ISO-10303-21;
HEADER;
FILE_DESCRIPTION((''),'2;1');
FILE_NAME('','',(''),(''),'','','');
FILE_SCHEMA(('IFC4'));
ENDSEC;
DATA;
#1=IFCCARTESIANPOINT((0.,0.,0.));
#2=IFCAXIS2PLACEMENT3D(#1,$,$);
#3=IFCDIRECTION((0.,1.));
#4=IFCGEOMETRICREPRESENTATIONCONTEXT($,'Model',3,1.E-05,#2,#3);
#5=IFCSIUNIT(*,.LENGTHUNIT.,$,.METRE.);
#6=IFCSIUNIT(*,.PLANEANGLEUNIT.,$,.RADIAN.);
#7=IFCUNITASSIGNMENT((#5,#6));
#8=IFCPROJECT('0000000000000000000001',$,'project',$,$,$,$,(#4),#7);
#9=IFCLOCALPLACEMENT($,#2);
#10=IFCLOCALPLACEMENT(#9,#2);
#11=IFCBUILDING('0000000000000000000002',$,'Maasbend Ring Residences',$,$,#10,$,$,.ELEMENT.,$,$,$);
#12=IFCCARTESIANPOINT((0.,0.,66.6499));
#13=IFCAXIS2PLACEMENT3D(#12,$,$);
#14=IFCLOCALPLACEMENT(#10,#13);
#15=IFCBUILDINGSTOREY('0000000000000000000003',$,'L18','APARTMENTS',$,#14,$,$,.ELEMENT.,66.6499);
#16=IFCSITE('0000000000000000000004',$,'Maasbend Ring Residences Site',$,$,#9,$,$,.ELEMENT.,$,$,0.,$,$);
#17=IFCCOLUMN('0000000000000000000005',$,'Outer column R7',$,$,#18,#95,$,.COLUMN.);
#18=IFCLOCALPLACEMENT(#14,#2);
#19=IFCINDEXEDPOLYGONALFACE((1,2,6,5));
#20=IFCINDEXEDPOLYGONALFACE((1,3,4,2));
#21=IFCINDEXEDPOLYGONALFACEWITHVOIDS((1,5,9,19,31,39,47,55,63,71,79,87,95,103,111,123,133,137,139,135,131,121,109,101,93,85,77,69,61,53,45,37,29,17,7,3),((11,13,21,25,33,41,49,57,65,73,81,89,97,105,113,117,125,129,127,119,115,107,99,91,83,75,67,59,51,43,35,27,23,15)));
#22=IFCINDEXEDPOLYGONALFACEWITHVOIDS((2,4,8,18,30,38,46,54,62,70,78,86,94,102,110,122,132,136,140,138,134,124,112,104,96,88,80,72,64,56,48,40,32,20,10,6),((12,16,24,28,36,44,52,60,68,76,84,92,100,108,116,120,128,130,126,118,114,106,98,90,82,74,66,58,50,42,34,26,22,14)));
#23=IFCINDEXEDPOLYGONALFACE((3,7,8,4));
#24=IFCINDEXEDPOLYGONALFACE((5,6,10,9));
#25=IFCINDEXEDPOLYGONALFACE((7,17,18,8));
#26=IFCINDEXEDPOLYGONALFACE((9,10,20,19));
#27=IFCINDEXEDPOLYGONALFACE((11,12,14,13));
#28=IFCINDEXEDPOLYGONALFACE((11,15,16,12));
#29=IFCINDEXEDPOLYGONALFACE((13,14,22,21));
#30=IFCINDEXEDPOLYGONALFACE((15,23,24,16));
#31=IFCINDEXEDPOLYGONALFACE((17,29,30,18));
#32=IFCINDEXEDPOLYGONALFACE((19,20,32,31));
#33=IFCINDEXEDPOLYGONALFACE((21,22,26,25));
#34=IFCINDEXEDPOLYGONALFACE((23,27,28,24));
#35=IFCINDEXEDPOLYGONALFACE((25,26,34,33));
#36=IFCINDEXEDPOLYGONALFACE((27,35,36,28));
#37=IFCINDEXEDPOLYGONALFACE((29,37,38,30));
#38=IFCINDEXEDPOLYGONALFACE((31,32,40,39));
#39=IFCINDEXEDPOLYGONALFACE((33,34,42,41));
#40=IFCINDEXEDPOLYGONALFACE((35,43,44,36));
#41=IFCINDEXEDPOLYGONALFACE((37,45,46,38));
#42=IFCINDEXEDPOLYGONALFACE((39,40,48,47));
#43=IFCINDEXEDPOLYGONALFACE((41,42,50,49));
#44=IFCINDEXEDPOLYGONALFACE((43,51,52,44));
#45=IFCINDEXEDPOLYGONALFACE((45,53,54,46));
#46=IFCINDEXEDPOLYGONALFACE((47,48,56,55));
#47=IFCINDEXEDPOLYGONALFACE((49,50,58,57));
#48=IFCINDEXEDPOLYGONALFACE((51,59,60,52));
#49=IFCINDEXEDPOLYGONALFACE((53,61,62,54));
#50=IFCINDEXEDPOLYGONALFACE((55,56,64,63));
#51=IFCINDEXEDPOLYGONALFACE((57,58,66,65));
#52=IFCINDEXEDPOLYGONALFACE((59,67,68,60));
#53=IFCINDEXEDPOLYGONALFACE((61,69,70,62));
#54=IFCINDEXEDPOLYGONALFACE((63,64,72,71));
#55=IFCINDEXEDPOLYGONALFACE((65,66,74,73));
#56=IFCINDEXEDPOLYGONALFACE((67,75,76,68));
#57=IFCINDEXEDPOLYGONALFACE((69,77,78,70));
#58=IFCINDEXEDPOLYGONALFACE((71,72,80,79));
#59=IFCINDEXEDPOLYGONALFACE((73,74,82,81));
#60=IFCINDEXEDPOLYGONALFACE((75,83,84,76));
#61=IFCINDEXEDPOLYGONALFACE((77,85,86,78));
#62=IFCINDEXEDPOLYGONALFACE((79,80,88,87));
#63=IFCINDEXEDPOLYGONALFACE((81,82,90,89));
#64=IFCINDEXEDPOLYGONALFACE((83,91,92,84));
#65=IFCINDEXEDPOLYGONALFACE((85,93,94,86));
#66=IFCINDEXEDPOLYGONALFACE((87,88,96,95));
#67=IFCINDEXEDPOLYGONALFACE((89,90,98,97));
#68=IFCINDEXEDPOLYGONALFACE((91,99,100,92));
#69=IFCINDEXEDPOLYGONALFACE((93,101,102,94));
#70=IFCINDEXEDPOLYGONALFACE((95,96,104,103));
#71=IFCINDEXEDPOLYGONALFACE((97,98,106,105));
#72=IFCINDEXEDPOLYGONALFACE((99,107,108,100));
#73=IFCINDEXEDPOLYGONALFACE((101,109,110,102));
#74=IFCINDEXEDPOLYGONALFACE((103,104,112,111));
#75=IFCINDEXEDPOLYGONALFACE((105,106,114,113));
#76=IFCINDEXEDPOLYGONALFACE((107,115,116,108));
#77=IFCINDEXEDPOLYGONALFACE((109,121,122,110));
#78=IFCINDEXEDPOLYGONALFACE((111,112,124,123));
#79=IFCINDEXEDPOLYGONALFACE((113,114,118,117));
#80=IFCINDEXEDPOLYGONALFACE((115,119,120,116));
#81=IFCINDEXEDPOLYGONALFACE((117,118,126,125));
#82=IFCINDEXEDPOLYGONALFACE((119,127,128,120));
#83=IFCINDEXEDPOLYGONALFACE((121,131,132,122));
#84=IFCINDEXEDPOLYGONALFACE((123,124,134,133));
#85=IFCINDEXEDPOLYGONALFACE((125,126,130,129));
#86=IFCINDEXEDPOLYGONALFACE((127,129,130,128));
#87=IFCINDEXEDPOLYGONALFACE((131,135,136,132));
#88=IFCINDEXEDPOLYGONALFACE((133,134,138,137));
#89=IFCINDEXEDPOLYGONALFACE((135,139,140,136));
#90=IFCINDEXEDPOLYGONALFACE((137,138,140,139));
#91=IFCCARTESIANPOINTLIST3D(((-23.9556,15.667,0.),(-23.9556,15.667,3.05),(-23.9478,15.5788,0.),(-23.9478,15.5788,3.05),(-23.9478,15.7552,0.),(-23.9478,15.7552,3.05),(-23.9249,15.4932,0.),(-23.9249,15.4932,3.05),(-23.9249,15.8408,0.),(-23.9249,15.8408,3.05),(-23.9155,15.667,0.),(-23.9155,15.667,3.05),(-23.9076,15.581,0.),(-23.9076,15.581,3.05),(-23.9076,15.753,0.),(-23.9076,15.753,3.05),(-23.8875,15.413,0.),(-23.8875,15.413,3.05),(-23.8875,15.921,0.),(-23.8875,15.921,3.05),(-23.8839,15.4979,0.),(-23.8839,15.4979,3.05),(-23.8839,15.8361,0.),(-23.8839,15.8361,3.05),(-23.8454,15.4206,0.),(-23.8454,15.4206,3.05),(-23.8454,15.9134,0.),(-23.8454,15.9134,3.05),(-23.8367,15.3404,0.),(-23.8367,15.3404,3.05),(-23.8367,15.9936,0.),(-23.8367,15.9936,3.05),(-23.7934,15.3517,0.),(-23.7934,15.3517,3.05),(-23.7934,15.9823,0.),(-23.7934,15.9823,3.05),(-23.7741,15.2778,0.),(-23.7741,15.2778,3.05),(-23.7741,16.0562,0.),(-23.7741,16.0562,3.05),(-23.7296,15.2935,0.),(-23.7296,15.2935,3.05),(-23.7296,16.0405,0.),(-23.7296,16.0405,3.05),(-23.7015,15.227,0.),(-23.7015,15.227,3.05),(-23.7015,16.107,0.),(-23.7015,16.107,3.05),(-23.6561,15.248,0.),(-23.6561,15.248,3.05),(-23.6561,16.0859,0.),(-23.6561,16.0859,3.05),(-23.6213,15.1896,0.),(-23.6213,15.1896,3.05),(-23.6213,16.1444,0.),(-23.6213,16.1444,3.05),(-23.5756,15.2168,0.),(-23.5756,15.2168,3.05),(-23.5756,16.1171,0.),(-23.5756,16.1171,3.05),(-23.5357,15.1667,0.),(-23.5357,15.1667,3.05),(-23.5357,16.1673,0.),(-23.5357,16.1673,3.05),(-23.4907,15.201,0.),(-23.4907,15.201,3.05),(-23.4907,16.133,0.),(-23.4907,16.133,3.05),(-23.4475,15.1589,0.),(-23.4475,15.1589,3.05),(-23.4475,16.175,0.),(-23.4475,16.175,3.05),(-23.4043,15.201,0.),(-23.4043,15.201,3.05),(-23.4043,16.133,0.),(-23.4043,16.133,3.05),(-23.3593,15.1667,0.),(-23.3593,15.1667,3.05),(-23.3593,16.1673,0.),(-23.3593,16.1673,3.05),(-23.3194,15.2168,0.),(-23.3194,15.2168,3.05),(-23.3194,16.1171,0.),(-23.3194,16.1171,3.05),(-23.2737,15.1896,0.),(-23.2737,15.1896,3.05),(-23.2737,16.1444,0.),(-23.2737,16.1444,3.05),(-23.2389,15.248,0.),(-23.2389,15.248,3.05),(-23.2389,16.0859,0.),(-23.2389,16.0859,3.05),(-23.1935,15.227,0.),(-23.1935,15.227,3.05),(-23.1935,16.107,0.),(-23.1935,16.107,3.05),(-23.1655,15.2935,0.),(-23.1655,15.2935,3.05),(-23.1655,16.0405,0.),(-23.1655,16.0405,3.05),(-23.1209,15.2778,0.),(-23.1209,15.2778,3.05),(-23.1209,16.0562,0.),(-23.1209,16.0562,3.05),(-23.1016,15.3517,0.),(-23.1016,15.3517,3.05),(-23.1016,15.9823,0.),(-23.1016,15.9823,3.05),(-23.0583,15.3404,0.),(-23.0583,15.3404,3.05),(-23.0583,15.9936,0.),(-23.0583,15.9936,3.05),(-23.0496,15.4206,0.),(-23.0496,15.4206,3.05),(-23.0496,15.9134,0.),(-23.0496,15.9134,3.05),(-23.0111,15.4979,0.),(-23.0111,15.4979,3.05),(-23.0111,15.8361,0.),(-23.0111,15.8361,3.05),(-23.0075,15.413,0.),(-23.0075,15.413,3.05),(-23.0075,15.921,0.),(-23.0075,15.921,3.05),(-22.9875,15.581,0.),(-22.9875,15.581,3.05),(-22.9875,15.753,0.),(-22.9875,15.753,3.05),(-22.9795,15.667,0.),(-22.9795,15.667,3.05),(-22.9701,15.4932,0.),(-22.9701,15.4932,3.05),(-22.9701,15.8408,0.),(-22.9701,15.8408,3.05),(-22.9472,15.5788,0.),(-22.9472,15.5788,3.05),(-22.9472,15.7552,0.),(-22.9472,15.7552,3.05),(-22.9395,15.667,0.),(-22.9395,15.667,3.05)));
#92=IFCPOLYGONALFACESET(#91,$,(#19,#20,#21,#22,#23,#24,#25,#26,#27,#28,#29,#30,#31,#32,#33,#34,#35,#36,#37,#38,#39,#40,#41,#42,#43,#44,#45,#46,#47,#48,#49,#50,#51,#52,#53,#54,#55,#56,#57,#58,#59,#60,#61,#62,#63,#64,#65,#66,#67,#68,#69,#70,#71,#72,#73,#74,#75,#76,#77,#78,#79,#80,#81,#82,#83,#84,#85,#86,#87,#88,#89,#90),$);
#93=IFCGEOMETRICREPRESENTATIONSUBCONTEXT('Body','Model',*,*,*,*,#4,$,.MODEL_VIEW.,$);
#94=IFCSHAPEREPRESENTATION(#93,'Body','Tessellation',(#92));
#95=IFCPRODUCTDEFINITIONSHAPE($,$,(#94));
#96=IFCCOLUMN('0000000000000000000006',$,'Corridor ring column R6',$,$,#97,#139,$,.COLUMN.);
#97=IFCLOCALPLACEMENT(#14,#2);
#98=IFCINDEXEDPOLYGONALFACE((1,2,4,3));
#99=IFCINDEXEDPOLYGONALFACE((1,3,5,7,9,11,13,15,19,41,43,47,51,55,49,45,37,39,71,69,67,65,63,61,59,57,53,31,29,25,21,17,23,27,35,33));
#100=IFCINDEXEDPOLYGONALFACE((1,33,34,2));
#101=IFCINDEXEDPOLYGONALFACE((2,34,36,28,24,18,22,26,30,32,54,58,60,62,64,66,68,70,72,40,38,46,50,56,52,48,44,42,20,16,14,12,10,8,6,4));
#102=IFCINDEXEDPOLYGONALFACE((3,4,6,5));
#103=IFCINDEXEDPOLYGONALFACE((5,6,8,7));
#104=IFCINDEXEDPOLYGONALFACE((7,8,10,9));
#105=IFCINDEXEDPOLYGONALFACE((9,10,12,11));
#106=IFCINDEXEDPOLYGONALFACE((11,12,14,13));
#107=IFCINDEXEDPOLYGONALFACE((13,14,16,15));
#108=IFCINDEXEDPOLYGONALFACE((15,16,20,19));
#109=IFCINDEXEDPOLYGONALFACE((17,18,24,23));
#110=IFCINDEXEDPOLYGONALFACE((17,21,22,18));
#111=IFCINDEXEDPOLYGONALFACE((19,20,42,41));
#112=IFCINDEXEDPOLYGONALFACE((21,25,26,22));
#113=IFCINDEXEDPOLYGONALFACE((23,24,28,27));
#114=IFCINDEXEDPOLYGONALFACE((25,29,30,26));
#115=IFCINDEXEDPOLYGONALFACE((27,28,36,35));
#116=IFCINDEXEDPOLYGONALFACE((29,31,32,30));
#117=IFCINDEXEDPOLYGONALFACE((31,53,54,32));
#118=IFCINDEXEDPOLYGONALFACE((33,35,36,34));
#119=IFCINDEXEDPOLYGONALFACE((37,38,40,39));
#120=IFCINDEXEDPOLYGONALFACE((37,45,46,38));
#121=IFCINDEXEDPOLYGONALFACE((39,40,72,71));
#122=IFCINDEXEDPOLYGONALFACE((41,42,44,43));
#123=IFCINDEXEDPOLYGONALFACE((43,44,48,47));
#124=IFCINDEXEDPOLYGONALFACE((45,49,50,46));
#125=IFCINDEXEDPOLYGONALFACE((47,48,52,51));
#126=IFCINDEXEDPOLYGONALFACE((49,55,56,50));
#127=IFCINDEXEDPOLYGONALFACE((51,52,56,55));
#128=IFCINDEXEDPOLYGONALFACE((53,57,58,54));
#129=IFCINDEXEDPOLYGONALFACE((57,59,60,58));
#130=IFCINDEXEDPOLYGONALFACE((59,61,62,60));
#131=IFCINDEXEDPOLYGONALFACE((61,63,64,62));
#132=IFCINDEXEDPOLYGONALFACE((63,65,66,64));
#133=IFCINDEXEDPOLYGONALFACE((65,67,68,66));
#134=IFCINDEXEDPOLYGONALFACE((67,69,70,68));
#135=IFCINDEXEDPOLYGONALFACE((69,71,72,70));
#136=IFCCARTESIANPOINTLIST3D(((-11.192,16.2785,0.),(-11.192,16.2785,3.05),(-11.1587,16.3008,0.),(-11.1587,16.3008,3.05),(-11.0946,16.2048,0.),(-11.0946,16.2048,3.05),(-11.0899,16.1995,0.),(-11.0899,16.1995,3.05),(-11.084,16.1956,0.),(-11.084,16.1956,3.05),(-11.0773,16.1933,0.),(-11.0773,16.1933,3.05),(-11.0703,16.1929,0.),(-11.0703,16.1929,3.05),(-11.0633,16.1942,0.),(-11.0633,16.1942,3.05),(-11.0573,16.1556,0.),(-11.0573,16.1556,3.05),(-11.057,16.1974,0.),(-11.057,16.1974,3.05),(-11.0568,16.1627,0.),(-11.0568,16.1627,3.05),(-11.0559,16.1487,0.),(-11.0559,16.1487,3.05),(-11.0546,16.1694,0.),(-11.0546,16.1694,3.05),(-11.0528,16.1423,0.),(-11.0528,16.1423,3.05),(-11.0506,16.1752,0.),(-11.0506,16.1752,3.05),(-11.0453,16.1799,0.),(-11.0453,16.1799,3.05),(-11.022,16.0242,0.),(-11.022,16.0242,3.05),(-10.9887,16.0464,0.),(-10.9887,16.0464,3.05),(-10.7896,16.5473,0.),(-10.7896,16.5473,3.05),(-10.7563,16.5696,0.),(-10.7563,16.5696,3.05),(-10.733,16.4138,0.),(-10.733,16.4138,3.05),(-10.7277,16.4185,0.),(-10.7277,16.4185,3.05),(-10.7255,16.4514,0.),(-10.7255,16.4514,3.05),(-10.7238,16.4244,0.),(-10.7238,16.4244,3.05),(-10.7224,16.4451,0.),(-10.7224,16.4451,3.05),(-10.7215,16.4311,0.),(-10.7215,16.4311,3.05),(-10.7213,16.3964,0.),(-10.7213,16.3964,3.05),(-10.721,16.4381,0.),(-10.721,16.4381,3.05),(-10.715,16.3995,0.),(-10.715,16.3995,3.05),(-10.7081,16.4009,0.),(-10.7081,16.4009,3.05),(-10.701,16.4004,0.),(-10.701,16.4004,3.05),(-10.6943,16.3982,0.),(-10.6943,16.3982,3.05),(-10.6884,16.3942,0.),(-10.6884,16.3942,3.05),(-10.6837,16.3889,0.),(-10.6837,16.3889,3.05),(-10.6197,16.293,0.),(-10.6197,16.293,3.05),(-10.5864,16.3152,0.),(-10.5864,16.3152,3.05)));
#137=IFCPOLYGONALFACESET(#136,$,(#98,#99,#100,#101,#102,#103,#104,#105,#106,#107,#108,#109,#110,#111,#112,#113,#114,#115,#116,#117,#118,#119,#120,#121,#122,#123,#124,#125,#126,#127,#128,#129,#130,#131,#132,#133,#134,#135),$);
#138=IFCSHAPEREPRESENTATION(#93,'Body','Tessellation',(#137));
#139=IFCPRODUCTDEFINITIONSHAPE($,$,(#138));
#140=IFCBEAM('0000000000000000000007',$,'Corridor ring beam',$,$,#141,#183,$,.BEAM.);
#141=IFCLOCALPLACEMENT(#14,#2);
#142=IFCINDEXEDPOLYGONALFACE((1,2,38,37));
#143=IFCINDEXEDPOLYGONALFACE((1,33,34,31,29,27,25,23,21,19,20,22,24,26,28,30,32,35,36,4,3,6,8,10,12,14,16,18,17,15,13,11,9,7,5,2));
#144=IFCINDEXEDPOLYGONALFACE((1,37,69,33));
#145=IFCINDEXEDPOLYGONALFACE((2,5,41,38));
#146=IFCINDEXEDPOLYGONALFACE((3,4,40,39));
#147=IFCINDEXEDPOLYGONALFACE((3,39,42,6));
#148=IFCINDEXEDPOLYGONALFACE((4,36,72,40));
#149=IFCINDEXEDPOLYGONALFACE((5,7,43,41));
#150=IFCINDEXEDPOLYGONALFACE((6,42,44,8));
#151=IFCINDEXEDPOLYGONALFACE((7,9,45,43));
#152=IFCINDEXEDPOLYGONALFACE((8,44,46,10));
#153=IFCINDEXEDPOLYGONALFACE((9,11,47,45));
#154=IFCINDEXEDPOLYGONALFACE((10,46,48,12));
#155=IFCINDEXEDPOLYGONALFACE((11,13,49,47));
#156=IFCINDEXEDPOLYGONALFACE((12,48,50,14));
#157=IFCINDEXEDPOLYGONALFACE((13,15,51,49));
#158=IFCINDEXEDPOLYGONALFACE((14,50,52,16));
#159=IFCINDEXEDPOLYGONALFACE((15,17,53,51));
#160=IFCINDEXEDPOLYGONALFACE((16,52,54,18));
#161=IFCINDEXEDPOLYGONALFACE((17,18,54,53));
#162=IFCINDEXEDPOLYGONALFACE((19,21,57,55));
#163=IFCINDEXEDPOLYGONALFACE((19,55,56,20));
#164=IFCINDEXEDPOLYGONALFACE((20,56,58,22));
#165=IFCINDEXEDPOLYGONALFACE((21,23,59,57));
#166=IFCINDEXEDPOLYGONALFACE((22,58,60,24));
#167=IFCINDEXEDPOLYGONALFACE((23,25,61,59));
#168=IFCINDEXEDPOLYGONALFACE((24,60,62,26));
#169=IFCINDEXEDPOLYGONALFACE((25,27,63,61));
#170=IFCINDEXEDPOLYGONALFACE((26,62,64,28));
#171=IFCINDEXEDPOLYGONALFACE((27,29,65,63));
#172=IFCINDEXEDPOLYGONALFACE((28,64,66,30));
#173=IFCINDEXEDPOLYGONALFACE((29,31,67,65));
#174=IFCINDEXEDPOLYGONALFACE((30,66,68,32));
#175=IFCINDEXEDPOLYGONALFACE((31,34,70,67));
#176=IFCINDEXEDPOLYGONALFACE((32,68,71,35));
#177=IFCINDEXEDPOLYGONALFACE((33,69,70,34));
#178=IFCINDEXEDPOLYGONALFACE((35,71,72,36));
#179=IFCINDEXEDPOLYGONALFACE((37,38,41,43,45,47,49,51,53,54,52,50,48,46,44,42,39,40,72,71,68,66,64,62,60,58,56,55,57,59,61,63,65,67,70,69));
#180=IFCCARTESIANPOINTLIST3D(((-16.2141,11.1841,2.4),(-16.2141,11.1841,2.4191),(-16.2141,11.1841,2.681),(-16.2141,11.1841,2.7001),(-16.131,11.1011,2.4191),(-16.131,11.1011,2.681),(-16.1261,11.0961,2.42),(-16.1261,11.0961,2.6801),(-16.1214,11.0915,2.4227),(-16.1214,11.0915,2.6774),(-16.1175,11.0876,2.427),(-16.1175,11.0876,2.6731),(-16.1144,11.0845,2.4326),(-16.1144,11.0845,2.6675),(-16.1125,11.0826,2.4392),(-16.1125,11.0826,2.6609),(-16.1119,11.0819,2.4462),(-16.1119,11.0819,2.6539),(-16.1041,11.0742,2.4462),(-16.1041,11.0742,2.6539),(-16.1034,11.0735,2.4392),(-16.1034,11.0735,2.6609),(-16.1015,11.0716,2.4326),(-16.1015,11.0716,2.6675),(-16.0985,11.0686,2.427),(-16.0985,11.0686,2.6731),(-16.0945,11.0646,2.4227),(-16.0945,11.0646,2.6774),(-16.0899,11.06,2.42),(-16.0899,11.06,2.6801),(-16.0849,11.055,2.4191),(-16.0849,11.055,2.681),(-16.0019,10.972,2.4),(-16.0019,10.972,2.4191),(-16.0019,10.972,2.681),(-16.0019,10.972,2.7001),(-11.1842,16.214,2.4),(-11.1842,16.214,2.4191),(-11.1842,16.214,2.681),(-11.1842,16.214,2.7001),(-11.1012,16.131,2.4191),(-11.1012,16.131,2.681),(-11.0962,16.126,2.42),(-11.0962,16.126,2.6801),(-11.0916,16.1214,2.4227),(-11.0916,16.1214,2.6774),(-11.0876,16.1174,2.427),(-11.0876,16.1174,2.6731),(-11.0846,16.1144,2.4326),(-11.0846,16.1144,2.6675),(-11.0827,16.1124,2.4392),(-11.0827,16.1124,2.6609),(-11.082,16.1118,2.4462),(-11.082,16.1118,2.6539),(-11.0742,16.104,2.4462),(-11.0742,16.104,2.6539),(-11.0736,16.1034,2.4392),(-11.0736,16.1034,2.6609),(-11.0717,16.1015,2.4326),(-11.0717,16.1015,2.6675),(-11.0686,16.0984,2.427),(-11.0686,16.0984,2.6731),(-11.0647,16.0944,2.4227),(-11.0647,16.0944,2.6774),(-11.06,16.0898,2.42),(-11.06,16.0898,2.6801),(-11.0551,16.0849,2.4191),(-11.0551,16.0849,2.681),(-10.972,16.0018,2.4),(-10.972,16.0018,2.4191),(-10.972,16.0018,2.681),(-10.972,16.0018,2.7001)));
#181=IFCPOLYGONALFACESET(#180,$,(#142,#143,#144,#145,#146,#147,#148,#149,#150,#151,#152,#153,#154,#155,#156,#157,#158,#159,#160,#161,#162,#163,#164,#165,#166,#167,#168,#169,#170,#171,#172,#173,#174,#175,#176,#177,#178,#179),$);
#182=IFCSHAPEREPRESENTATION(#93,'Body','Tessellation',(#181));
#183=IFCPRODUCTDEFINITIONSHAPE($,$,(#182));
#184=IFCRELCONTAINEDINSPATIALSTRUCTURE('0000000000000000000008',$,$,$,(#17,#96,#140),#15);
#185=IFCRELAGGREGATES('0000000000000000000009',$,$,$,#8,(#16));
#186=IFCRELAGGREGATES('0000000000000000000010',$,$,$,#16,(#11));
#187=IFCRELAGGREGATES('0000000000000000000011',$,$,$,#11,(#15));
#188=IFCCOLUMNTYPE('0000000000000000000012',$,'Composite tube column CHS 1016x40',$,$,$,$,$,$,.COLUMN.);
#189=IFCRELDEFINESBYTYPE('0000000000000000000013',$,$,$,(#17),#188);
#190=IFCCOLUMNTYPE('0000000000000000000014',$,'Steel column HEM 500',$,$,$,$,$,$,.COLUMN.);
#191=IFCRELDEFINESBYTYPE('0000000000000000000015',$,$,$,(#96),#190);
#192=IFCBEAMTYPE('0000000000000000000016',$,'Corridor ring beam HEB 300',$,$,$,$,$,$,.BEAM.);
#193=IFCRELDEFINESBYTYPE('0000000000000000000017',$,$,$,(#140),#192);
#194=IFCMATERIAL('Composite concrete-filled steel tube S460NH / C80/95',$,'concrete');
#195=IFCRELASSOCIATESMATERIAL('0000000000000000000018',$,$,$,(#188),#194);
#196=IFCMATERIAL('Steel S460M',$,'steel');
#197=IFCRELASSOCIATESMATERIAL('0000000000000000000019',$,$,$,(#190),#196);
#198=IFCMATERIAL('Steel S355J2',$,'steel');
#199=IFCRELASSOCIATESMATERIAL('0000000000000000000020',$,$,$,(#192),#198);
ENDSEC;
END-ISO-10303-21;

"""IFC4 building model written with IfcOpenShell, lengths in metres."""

from ifc_helpers import new_model, si_unit, direction, frame, origin, origin_2d, place, context, subcontext, project, spatial, hollow_circle, i_section, extrude, material, material_profile, profile_set, type_object, element, save


model = new_model("IFC4")

# Units and contexts
model_context = context("Model", 3, precision=1e-05, world=origin(), true_north=direction((0.0, 1.0)))
body_context = subcontext(model_context, "Body", "Model", "MODEL_VIEW")
ifc_project = project(units=[si_unit("LENGTHUNIT", "METRE"), si_unit("PLANEANGLEUNIT", "RADIAN")], contexts=[model_context])

# Site, building, storey
site_placement = place(None, origin())
site = spatial("IfcSite", under=ifc_project, at=site_placement, Name="Maasbend Ring Residences Site", CompositionType="ELEMENT", RefElevation=0.0)
building_placement = place(site_placement, origin())
building = spatial("IfcBuilding", under=site, at=building_placement, Name="Maasbend Ring Residences", CompositionType="ELEMENT")
storey_placement = place(building_placement, frame((0.0, 0.0, 66.6499)))
storey = spatial("IfcBuildingStorey", under=building, at=storey_placement, Name="L18", Description="APARTMENTS", CompositionType="ELEMENT", Elevation=66.6499)

# Columns
ifc_material_1 = material(Name="Composite concrete-filled steel tube S460NH / C80/95", Category="concrete")
ifc_material_profile_1 = material_profile(ifc_material_1, hollow_circle(Radius=0.5081, WallThickness=0.04, at=origin_2d()), Name="Composite tube column CHS 1016x40")
ifc_profile_set_1 = profile_set([ifc_material_profile_1], Name="Composite concrete-filled steel tube S460NH / C80/95")
column_type_1 = type_object("IfcColumnType", Name="Composite tube column CHS 1016x40", PredefinedType="COLUMN", material=ifc_profile_set_1)
column_1_placement = place(storey_placement, frame((-23.4475, 15.667, 0.0), z_axis=(0.0, 0.0, 1.0), x_axis=(1.0, 0.0, 0.0)))
element("IfcColumn", 1, at=column_1_placement, inside=storey, type_object=column_type_1, Name="Outer column R7", PredefinedType="COLUMN", context=body_context, shape_type="SweptSolid", body=[
    extrude(hollow_circle(Radius=0.5081, WallThickness=0.04, at=origin_2d()), origin(), (0.0, 0.0, 1.0), 3.05),
])
ifc_material_2 = material(Name="Steel S460M", Category="steel")
ifc_material_profile_2 = material_profile(ifc_material_2, i_section(OverallWidth=0.3059, OverallDepth=0.5239, WebThickness=0.021, FlangeThickness=0.04, FilletRadius=0.0271, at=origin_2d()), Name="HEM 500")
ifc_profile_set_2 = profile_set([ifc_material_profile_2], Name="Steel S460M")
column_type_2 = type_object("IfcColumnType", Name="Steel column HEM 500", PredefinedType="COLUMN", material=ifc_profile_set_2)
column_2_placement = place(storey_placement, frame((-10.8892, 16.2969, 0.0), z_axis=(0.0, 0.0, 1.0), x_axis=(-0.55557, 0.83147, 0.0)))
element("IfcColumn", 2, at=column_2_placement, inside=storey, type_object=column_type_2, Name="Corridor ring column R6", PredefinedType="COLUMN", context=body_context, shape_type="SweptSolid", body=[
    extrude(i_section(OverallWidth=0.3059, OverallDepth=0.5239, WebThickness=0.021, FlangeThickness=0.04, FilletRadius=0.0271, at=origin_2d()), origin(), (0.0, 0.0, 1.0), 3.05),
])

# Beam
ifc_material_3 = material(Name="Steel S355J2", Category="steel")
ifc_material_profile_3 = material_profile(ifc_material_3, i_section(OverallWidth=0.3, OverallDepth=0.3, WebThickness=0.011, FlangeThickness=0.019, FilletRadius=0.0271, at=origin_2d()), Name="HEB 300")
ifc_profile_set_3 = profile_set([ifc_material_profile_3], Name="Steel S355J2")
beam_type = type_object("IfcBeamType", Name="Corridor ring beam HEB 300", PredefinedType="BEAM", material=ifc_profile_set_3)
beam_placement = place(storey_placement, frame((-11.0781, 16.1079, 2.55), z_axis=(-0.707107, -0.707107, 0.0), x_axis=(0.707107, -0.707107, 0.0)))
element("IfcBeam", 3, at=beam_placement, inside=storey, type_object=beam_type, Name="Corridor ring beam", PredefinedType="BEAM", context=body_context, shape_type="SweptSolid", body=[
    extrude(i_section(OverallWidth=0.3, OverallDepth=0.3, WebThickness=0.011, FlangeThickness=0.019, FilletRadius=0.0271, at=origin_2d()), origin(), (0.0, 0.0, 1.0), 7.1133),
])

save(model, "model.ifc")
